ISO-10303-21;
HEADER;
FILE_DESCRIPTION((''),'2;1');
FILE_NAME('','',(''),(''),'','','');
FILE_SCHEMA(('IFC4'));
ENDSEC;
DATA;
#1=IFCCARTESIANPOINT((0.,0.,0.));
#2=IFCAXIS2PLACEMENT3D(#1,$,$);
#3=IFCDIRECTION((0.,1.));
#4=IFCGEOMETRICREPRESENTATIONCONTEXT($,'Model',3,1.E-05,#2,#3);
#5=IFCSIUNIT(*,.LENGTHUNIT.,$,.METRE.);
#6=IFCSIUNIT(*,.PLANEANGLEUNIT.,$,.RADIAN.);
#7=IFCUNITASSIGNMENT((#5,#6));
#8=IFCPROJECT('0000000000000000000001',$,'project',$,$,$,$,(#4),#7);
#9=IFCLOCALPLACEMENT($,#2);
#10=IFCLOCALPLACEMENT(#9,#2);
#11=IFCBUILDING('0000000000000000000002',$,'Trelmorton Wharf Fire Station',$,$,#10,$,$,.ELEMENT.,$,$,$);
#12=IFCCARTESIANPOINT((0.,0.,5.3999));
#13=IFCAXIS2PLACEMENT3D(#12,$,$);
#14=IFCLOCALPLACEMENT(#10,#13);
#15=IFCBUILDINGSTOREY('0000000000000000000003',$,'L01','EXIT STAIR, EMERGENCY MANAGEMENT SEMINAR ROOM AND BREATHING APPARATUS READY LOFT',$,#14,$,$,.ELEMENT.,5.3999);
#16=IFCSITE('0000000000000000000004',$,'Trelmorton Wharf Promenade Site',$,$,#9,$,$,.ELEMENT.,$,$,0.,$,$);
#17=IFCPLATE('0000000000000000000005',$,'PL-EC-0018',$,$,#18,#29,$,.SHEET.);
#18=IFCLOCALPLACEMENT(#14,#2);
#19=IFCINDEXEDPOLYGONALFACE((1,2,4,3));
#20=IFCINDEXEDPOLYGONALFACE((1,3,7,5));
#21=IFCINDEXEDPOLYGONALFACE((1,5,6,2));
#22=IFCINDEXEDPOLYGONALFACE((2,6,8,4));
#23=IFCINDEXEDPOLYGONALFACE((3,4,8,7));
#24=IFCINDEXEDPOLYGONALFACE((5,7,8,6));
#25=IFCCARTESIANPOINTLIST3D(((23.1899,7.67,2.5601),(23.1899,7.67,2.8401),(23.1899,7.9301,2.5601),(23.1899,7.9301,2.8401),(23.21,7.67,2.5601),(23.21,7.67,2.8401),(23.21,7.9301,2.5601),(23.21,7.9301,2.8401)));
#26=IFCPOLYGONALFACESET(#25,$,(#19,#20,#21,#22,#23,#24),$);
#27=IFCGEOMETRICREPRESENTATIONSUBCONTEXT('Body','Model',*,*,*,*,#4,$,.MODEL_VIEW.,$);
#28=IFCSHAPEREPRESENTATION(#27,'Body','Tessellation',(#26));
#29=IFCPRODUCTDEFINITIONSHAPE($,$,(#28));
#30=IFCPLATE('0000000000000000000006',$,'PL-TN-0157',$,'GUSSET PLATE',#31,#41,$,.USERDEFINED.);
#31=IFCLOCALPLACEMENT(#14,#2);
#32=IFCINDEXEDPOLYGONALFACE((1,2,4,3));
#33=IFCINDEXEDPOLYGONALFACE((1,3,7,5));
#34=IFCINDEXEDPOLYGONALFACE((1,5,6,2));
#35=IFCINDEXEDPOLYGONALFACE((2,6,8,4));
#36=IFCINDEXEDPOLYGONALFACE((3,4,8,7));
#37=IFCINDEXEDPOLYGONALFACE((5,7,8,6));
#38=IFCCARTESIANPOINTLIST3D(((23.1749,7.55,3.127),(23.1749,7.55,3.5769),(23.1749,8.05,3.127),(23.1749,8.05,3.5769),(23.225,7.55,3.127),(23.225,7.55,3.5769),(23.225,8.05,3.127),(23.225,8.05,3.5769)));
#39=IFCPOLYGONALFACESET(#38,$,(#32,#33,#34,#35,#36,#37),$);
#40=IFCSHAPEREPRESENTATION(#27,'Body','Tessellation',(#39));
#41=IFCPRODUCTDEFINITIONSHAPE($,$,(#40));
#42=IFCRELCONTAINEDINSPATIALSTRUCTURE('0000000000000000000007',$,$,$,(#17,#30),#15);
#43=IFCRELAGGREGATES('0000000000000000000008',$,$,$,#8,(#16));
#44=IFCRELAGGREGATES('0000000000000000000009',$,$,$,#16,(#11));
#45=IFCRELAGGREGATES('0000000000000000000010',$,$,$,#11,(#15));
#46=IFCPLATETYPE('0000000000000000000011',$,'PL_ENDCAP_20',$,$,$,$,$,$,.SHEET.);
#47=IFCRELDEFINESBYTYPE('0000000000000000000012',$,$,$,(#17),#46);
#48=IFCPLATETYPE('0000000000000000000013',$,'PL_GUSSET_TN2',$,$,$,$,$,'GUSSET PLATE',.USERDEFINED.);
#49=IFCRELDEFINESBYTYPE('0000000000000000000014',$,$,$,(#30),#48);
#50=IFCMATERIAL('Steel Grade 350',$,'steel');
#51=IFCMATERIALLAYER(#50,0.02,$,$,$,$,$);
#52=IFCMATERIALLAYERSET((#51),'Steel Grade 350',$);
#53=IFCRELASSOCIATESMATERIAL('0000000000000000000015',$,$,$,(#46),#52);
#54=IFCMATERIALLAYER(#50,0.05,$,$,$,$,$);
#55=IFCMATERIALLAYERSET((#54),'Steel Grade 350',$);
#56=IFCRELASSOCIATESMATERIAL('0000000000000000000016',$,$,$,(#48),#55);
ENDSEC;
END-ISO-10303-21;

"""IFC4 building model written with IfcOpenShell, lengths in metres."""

from ifc_helpers import new_model, si_unit, direction, frame, origin, origin_2d, place, context, subcontext, project, spatial, rectangle, extrude, material, layer, layer_set, type_object, element, save


model = new_model("IFC4")

# Units and contexts
model_context = context("Model", 3, precision=1e-05, world=origin(), true_north=direction((0.0, 1.0)))
body_context = subcontext(model_context, "Body", "Model", "MODEL_VIEW")
ifc_project = project(units=[si_unit("LENGTHUNIT", "METRE"), si_unit("PLANEANGLEUNIT", "RADIAN")], contexts=[model_context])

# Site, building, storey
site_placement = place(None, origin())
site = spatial("IfcSite", under=ifc_project, at=site_placement, Name="Trelmorton Wharf Promenade Site", CompositionType="ELEMENT", RefElevation=0.0)
building_placement = place(site_placement, origin())
building = spatial("IfcBuilding", under=site, at=building_placement, Name="Trelmorton Wharf Fire Station", CompositionType="ELEMENT")
storey_placement = place(building_placement, frame((0.0, 0.0, 5.3999)))
storey = spatial("IfcBuildingStorey", under=building, at=storey_placement, Name="L01", Description="EXIT STAIR, EMERGENCY MANAGEMENT SEMINAR ROOM AND BREATHING APPARATUS READY LOFT", CompositionType="ELEMENT", Elevation=5.3999)

# Shared definitions
ifc_material_1 = material(Name="Steel Grade 350", Category="steel")

# Plates
ifc_layer_1 = layer(ifc_material_1, 0.02)
ifc_layer_set_1 = layer_set([ifc_layer_1], Name="Steel Grade 350")
plate_type_1 = type_object("IfcPlateType", Name="PL_ENDCAP_20", PredefinedType="SHEET", material=ifc_layer_set_1)
plate_1_placement = place(storey_placement, frame((23.2, 7.8, 2.5601), z_axis=(0.0, 0.0, 1.0), x_axis=(1.0, 0.0, 0.0)))
element("IfcPlate", 1, at=plate_1_placement, inside=storey, type_object=plate_type_1, Name="PL-EC-0018", PredefinedType="SHEET", context=body_context, shape_type="SweptSolid", body=[
    extrude(rectangle(XDim=0.02, YDim=0.26, at=origin_2d()), origin(), (0.0, 0.0, 1.0), 0.28),
])
ifc_layer_2 = layer(ifc_material_1, 0.05)
ifc_layer_set_2 = layer_set([ifc_layer_2], Name="Steel Grade 350")
plate_type_2 = type_object("IfcPlateType", Name="PL_GUSSET_TN2", ElementType="GUSSET PLATE", PredefinedType="USERDEFINED", material=ifc_layer_set_2)
plate_2_placement = place(storey_placement, frame((23.2, 7.8, 3.127), z_axis=(0.0, 0.0, 1.0), x_axis=(1.0, 0.0, 0.0)))
element("IfcPlate", 2, at=plate_2_placement, inside=storey, type_object=plate_type_2, Name="PL-TN-0157", ObjectType="GUSSET PLATE", PredefinedType="USERDEFINED", context=body_context, shape_type="SweptSolid", body=[
    extrude(rectangle(XDim=0.05, YDim=0.5, at=origin_2d()), origin(), (0.0, 0.0, 1.0), 0.45),
])

save(model, "model.ifc")
